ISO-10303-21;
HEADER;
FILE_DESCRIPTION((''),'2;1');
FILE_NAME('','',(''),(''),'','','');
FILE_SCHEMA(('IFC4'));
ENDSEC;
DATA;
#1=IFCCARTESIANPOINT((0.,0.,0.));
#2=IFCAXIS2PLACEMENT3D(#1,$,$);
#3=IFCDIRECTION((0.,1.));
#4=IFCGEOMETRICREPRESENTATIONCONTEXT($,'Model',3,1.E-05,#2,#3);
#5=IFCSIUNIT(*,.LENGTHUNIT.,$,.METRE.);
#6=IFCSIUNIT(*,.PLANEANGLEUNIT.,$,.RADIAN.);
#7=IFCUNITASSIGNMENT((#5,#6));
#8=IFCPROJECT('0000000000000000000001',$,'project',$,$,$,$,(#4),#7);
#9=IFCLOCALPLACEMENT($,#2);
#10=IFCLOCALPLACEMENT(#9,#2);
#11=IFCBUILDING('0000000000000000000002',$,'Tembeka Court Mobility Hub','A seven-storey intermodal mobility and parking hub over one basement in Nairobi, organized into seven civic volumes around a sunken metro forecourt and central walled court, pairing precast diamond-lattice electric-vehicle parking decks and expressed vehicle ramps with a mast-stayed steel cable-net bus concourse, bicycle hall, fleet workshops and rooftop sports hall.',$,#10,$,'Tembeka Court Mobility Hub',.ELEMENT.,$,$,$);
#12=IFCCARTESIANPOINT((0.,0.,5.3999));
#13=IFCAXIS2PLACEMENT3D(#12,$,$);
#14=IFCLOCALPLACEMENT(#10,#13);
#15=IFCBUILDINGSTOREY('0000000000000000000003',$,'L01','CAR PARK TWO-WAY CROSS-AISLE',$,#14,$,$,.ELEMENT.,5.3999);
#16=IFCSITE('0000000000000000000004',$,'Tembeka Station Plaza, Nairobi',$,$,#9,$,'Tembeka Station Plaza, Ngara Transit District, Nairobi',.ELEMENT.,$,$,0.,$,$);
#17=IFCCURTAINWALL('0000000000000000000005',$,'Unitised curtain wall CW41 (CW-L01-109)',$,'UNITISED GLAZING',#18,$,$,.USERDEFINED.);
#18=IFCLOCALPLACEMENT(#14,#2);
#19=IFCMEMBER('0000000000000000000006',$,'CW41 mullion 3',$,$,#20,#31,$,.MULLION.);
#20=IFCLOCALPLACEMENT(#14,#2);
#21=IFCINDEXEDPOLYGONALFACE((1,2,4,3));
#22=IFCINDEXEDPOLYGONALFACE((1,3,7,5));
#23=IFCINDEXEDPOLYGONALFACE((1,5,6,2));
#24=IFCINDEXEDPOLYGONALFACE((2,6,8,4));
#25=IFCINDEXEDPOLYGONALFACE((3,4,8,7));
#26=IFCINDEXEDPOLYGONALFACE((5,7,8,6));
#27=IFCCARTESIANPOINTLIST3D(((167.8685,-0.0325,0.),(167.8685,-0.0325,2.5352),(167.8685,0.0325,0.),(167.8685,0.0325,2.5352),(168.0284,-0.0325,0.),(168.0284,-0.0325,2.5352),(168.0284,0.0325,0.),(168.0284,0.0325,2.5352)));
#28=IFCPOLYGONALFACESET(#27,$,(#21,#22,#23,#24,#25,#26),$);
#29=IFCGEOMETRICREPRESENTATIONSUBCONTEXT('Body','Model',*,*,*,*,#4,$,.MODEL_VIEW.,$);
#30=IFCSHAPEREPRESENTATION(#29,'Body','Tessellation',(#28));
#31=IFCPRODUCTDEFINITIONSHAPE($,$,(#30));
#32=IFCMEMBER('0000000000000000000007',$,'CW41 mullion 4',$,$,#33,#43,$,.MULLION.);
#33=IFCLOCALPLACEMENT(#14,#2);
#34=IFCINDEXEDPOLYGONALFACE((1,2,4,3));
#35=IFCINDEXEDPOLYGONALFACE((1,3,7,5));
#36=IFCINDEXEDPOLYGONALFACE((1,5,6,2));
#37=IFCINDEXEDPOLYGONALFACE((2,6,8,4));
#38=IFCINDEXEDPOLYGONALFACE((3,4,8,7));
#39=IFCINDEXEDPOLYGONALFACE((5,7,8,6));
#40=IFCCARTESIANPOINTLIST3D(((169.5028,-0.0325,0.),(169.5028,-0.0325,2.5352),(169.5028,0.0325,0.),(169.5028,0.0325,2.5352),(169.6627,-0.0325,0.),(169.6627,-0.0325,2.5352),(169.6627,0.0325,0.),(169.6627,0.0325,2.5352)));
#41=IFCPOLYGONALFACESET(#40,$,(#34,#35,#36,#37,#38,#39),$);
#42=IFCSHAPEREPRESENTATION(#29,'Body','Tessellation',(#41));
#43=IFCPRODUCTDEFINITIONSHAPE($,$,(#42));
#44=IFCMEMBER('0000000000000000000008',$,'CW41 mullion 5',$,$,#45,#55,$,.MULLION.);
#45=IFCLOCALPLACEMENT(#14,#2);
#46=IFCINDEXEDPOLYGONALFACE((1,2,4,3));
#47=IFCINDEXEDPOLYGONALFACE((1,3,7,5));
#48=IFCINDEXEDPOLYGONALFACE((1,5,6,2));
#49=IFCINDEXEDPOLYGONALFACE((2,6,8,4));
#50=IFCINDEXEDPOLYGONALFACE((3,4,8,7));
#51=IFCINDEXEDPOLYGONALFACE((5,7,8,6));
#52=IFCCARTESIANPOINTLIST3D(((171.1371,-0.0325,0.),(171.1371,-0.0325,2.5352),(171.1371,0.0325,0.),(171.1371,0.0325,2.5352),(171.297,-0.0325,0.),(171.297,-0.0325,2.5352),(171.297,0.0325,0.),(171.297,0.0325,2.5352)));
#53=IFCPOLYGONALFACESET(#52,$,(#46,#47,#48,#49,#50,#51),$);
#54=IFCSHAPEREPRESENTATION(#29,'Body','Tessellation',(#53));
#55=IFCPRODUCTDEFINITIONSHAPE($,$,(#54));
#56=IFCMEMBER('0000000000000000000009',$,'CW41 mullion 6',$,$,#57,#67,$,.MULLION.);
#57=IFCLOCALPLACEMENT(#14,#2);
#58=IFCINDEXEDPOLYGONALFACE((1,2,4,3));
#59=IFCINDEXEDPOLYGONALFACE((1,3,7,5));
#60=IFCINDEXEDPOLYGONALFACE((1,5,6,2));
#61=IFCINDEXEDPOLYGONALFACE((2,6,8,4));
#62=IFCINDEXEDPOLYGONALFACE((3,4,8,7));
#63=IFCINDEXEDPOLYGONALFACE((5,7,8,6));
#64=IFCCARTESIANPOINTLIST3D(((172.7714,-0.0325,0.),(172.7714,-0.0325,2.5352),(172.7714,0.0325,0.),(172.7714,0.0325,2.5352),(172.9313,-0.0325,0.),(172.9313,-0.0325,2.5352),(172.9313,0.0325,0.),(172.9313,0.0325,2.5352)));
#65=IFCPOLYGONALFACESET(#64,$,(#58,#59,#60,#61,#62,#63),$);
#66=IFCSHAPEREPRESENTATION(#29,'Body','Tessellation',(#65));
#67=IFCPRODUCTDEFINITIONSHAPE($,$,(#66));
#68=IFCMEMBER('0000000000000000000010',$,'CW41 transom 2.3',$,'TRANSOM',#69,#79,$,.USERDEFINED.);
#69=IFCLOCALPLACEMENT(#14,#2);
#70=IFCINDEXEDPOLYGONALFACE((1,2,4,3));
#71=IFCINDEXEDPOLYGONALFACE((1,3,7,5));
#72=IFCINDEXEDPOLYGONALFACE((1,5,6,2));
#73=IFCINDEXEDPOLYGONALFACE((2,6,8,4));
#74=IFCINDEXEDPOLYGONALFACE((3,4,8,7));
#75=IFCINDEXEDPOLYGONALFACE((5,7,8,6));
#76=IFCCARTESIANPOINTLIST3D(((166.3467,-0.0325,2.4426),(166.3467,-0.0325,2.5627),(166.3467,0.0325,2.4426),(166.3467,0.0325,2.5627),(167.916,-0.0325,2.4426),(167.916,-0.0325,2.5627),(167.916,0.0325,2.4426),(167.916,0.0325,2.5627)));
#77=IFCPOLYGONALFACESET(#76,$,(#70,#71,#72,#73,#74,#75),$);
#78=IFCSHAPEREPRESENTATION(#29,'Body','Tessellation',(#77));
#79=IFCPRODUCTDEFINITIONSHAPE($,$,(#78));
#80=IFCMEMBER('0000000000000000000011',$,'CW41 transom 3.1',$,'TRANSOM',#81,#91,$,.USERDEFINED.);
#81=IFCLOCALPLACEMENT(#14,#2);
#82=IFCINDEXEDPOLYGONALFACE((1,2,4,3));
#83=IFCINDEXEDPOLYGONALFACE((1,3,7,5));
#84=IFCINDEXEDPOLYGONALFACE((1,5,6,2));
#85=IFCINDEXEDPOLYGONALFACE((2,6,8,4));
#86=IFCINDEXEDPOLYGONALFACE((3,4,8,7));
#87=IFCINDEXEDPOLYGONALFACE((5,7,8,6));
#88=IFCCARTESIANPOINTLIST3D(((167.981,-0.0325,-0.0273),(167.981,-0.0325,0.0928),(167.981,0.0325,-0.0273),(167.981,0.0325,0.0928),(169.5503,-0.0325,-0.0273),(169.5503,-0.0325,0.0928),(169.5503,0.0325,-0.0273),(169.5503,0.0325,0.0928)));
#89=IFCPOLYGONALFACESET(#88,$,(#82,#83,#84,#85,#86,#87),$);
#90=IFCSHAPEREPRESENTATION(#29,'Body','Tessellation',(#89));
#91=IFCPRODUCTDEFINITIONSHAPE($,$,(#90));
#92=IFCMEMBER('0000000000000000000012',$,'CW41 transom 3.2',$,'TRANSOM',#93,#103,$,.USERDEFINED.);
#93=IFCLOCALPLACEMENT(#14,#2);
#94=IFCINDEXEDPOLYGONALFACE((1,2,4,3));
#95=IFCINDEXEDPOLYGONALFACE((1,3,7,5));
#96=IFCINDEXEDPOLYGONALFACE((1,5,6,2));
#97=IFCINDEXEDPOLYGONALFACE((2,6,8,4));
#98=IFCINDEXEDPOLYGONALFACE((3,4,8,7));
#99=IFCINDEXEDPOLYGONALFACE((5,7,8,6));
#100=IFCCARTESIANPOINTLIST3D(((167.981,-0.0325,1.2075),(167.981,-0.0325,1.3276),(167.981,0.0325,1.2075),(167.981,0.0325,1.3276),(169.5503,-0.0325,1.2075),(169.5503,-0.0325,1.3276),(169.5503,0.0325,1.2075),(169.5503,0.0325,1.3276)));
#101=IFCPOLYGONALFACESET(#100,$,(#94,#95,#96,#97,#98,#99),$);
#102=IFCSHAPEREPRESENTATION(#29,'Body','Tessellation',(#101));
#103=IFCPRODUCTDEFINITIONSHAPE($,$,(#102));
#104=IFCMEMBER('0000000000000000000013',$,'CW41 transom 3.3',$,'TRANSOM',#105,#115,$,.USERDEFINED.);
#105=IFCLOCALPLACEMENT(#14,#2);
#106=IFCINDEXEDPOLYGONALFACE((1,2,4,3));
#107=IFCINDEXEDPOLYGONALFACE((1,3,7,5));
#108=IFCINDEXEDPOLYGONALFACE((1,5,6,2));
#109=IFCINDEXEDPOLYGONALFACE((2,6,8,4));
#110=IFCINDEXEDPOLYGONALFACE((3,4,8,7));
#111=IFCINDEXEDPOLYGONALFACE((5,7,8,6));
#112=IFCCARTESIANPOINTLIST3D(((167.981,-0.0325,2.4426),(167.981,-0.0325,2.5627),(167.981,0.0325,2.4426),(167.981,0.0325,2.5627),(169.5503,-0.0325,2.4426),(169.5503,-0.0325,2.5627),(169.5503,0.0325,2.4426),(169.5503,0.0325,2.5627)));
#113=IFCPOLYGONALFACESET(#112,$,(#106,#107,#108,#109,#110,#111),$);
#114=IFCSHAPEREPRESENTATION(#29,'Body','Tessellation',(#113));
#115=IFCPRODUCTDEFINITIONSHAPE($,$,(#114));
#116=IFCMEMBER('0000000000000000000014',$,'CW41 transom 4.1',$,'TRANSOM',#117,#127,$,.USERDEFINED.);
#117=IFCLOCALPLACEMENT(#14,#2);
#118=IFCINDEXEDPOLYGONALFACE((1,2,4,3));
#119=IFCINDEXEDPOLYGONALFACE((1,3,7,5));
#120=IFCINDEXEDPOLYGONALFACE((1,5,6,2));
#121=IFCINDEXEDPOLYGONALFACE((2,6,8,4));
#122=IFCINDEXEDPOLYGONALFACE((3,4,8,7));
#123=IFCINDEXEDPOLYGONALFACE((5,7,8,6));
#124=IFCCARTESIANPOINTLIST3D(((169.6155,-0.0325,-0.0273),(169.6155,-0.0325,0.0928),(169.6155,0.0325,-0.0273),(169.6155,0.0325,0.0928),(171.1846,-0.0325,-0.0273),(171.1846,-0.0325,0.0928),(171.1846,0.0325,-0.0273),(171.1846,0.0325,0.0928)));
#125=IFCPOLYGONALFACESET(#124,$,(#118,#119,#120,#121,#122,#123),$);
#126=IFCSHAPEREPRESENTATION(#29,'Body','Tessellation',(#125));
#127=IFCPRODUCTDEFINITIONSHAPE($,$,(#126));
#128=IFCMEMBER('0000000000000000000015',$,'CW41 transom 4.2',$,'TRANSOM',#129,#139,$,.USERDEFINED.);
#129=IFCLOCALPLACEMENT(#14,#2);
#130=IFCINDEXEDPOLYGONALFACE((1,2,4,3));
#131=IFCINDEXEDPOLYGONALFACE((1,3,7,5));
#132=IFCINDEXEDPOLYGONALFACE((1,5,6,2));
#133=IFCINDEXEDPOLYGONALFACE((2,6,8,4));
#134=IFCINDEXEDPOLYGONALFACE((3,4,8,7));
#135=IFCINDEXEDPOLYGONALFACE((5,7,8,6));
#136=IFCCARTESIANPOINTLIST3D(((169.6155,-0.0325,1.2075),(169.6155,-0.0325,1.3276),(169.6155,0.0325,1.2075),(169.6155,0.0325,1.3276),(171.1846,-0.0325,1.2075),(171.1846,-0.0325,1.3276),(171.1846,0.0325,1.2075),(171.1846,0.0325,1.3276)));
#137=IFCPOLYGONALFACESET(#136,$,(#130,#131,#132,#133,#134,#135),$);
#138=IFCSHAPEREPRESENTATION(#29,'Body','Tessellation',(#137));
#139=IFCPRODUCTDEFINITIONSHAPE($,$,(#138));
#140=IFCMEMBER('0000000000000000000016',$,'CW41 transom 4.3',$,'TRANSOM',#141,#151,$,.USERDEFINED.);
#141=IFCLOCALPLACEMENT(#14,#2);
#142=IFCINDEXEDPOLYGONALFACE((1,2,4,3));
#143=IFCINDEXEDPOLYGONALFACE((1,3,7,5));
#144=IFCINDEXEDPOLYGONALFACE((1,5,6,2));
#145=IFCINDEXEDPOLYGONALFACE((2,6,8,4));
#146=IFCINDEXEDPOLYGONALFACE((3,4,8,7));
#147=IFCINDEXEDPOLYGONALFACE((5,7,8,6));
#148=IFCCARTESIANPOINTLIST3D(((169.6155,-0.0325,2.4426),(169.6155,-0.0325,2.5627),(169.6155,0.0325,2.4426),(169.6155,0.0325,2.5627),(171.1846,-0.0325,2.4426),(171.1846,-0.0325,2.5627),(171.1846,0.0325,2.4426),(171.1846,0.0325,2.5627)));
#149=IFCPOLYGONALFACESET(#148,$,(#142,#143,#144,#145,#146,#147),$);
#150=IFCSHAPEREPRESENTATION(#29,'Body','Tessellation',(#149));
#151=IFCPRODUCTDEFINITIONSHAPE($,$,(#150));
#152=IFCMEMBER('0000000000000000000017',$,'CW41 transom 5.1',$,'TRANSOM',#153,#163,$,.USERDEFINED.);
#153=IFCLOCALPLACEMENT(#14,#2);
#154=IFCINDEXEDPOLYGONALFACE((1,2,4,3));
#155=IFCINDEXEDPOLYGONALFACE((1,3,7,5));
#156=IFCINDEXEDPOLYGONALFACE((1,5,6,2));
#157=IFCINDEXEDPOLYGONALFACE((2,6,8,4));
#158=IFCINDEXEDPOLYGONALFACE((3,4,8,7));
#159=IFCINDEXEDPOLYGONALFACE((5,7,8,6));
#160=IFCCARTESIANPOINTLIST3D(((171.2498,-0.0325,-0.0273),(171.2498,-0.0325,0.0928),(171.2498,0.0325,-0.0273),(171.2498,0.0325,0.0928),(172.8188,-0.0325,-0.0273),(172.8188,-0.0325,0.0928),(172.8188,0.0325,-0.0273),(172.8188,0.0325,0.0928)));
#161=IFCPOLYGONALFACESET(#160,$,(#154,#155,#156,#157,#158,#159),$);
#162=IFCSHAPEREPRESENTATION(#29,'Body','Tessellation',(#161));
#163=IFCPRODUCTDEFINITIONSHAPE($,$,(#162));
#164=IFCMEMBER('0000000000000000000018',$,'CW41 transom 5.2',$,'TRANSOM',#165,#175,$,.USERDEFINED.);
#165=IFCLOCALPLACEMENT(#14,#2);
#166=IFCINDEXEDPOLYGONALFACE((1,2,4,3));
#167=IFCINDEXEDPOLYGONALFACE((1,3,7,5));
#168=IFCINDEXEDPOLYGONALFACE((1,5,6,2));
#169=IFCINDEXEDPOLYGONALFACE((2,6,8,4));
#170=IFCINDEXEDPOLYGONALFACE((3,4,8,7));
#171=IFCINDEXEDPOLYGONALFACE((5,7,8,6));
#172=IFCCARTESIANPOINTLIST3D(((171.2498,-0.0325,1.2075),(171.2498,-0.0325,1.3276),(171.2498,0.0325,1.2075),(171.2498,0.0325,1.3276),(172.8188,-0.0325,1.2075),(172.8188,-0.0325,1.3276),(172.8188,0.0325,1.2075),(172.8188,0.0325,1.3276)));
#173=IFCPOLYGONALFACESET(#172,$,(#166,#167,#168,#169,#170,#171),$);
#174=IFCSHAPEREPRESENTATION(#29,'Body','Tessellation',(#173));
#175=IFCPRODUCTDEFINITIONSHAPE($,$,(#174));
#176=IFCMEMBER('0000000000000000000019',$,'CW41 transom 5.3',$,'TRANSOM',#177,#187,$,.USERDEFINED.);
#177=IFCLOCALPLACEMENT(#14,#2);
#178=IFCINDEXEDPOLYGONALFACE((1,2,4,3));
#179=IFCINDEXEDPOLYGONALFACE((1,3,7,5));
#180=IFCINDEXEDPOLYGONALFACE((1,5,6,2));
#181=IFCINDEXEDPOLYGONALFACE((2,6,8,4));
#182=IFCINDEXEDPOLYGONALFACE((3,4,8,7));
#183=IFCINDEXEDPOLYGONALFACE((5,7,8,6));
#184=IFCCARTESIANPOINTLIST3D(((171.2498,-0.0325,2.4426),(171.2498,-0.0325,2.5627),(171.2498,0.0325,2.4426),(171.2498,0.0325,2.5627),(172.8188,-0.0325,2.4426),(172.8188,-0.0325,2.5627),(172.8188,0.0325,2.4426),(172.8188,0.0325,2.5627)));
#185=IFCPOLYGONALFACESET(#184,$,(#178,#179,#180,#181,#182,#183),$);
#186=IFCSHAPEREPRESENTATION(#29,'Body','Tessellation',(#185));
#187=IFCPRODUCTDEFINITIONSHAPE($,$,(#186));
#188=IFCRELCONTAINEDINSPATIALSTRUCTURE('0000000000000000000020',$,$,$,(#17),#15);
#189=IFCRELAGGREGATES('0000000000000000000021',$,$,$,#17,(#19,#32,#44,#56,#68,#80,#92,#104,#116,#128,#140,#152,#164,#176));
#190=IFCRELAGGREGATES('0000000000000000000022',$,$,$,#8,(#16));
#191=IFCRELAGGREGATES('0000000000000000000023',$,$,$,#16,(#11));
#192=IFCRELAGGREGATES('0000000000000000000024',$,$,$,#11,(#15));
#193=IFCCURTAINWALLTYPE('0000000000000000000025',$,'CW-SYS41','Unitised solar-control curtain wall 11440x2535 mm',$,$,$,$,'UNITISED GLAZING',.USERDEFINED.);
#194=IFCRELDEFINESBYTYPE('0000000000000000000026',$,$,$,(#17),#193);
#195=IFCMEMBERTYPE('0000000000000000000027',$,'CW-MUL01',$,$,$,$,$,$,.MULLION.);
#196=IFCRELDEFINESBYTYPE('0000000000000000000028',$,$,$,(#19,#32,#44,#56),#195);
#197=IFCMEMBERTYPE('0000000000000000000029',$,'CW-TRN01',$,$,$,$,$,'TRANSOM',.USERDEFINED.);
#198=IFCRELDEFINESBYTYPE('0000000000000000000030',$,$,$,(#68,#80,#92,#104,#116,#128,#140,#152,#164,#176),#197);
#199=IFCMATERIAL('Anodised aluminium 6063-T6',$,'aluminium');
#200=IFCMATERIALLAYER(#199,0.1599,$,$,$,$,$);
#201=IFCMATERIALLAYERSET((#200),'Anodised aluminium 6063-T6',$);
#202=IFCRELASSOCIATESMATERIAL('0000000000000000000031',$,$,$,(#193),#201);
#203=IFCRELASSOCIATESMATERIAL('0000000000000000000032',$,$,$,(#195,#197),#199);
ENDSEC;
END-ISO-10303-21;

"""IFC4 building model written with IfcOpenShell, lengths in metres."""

from ifc_helpers import new_model, si_unit, direction, frame, origin, origin_2d, place, context, subcontext, project, spatial, rectangle, extrude, material, layer, layer_set, material_profile, profile_set, type_object, element, aggregate, save


model = new_model("IFC4")

# Units and contexts
model_context = context("Model", 3, precision=1e-05, world=origin(), true_north=direction((0.0, 1.0)))
body_context = subcontext(model_context, "Body", "Model", "MODEL_VIEW")
ifc_project = project(units=[si_unit("LENGTHUNIT", "METRE"), si_unit("PLANEANGLEUNIT", "RADIAN")], contexts=[model_context])

# Site, building, storey
site_placement = place(None, origin())
site = spatial("IfcSite", under=ifc_project, at=site_placement, Name="Tembeka Station Plaza, Nairobi", LongName="Tembeka Station Plaza, Ngara Transit District, Nairobi", CompositionType="ELEMENT", RefElevation=0.0)
building_placement = place(site_placement, origin())
building = spatial("IfcBuilding", under=site, at=building_placement, Name="Tembeka Court Mobility Hub", Description="A seven-storey intermodal mobility and parking hub over one basement in Nairobi, organized into seven civic volumes around a sunken metro forecourt and central walled court, pairing precast diamond-lattice electric-vehicle parking decks and expressed vehicle ramps with a mast-stayed steel cable-net bus concourse, bicycle hall, fleet workshops and rooftop sports hall.", LongName="Tembeka Court Mobility Hub", CompositionType="ELEMENT")
storey_placement = place(building_placement, frame((0.0, 0.0, 5.3999)))
storey = spatial("IfcBuildingStorey", under=building, at=storey_placement, Name="L01", Description="CAR PARK TWO-WAY CROSS-AISLE", CompositionType="ELEMENT", Elevation=5.3999)

# Curtain wall, members
ifc_material_1 = material(Name="Anodised aluminium 6063-T6", Category="aluminium")
ifc_layer_1 = layer(ifc_material_1, 0.1599)
ifc_layer_set_1 = layer_set([ifc_layer_1], Name="Anodised aluminium 6063-T6")
curtain_wall_type = type_object("IfcCurtainWallType", Name="CW-SYS41", Description="Unitised solar-control curtain wall 11440x2535 mm", ElementType="UNITISED GLAZING", PredefinedType="USERDEFINED", material=ifc_layer_set_1)
curtain_wall_placement = place(storey_placement, origin())
curtain_wall = element("IfcCurtainWall", 1, at=curtain_wall_placement, inside=storey, type_object=curtain_wall_type, Name="Unitised curtain wall CW41 (CW-L01-109)", ObjectType="UNITISED GLAZING", PredefinedType="USERDEFINED")
ifc_material_profile_1 = material_profile(ifc_material_1, rectangle(XDim=0.0649, YDim=0.1599, at=origin_2d()), Name="ALU-MUL 65x160")
ifc_profile_set_1 = profile_set([ifc_material_profile_1], Name="Anodised aluminium 6063-T6")
member_type_1 = type_object("IfcMemberType", Name="CW-MUL01", PredefinedType="MULLION", material=ifc_profile_set_1)
member_1_placement = place(storey_placement, frame((167.9485, 0.0, 0.0), z_axis=(0.0, 0.0, 1.0), x_axis=(0.0, 1.0, 0.0)))
member_1 = element("IfcMember", 2, at=member_1_placement, type_object=member_type_1, Name="CW41 mullion 3", PredefinedType="MULLION", context=body_context, shape_type="SweptSolid", body=[
    extrude(rectangle(XDim=0.0649, YDim=0.1599, at=origin_2d()), origin(), (0.0, 0.0, 1.0), 2.5352),
])
member_2_placement = place(storey_placement, frame((169.5828, 0.0, 0.0), z_axis=(0.0, 0.0, 1.0), x_axis=(0.0, 1.0, 0.0)))
member_2 = element("IfcMember", 3, at=member_2_placement, type_object=member_type_1, Name="CW41 mullion 4", PredefinedType="MULLION", context=body_context, shape_type="SweptSolid", body=[
    extrude(rectangle(XDim=0.0649, YDim=0.1599, at=origin_2d()), origin(), (0.0, 0.0, 1.0), 2.5352),
])
member_3_placement = place(storey_placement, frame((171.217, 0.0, 0.0), z_axis=(0.0, 0.0, 1.0), x_axis=(0.0, 1.0, 0.0)))
member_3 = element("IfcMember", 4, at=member_3_placement, type_object=member_type_1, Name="CW41 mullion 5", PredefinedType="MULLION", context=body_context, shape_type="SweptSolid", body=[
    extrude(rectangle(XDim=0.0649, YDim=0.1599, at=origin_2d()), origin(), (0.0, 0.0, 1.0), 2.5352),
])
member_4_placement = place(storey_placement, frame((172.8513, 0.0, 0.0), z_axis=(0.0, 0.0, 1.0), x_axis=(0.0, 1.0, 0.0)))
member_4 = element("IfcMember", 5, at=member_4_placement, type_object=member_type_1, Name="CW41 mullion 6", PredefinedType="MULLION", context=body_context, shape_type="SweptSolid", body=[
    extrude(rectangle(XDim=0.0649, YDim=0.1599, at=origin_2d()), origin(), (0.0, 0.0, 1.0), 2.5352),
])
ifc_material_profile_2 = material_profile(ifc_material_1, rectangle(XDim=0.0649, YDim=0.1201, at=origin_2d()), Name="ALU-TRN 65x120")
ifc_profile_set_2 = profile_set([ifc_material_profile_2], Name="Anodised aluminium 6063-T6")
member_type_2 = type_object("IfcMemberType", Name="CW-TRN01", ElementType="TRANSOM", PredefinedType="USERDEFINED", material=ifc_profile_set_2)
member_5_placement = place(storey_placement, frame((166.3467, 0.0, 2.5027), z_axis=(1.0, 0.0, 0.0), x_axis=(0.0, 1.0, 0.0)))
member_5 = element("IfcMember", 6, at=member_5_placement, type_object=member_type_2, Name="CW41 transom 2.3", ObjectType="TRANSOM", PredefinedType="USERDEFINED", context=body_context, shape_type="SweptSolid", body=[
    extrude(rectangle(XDim=0.0649, YDim=0.1201, at=origin_2d()), origin(), (0.0, 0.0, 1.0), 1.5693),
])
member_6_placement = place(storey_placement, frame((167.981, 0.0, 0.0327), z_axis=(1.0, 0.0, 0.0), x_axis=(0.0, 1.0, 0.0)))
member_6 = element("IfcMember", 7, at=member_6_placement, type_object=member_type_2, Name="CW41 transom 3.1", ObjectType="TRANSOM", PredefinedType="USERDEFINED", context=body_context, shape_type="SweptSolid", body=[
    extrude(rectangle(XDim=0.0649, YDim=0.1201, at=origin_2d()), origin(), (0.0, 0.0, 1.0), 1.5693),
])
member_7_placement = place(storey_placement, frame((167.981, 0.0, 1.2676), z_axis=(1.0, 0.0, 0.0), x_axis=(0.0, 1.0, 0.0)))
member_7 = element("IfcMember", 8, at=member_7_placement, type_object=member_type_2, Name="CW41 transom 3.2", ObjectType="TRANSOM", PredefinedType="USERDEFINED", context=body_context, shape_type="SweptSolid", body=[
    extrude(rectangle(XDim=0.0649, YDim=0.1201, at=origin_2d()), origin(), (0.0, 0.0, 1.0), 1.5693),
])
member_8_placement = place(storey_placement, frame((167.981, 0.0, 2.5027), z_axis=(1.0, 0.0, 0.0), x_axis=(0.0, 1.0, 0.0)))
member_8 = element("IfcMember", 9, at=member_8_placement, type_object=member_type_2, Name="CW41 transom 3.3", ObjectType="TRANSOM", PredefinedType="USERDEFINED", context=body_context, shape_type="SweptSolid", body=[
    extrude(rectangle(XDim=0.0649, YDim=0.1201, at=origin_2d()), origin(), (0.0, 0.0, 1.0), 1.5693),
])
member_9_placement = place(storey_placement, frame((169.6155, 0.0, 0.0327), z_axis=(1.0, 0.0, 0.0), x_axis=(0.0, 1.0, 0.0)))
member_9 = element("IfcMember", 10, at=member_9_placement, type_object=member_type_2, Name="CW41 transom 4.1", ObjectType="TRANSOM", PredefinedType="USERDEFINED", context=body_context, shape_type="SweptSolid", body=[
    extrude(rectangle(XDim=0.0649, YDim=0.1201, at=origin_2d()), origin(), (0.0, 0.0, 1.0), 1.5691),
])
member_10_placement = place(storey_placement, frame((169.6155, 0.0, 1.2676), z_axis=(1.0, 0.0, 0.0), x_axis=(0.0, 1.0, 0.0)))
member_10 = element("IfcMember", 11, at=member_10_placement, type_object=member_type_2, Name="CW41 transom 4.2", ObjectType="TRANSOM", PredefinedType="USERDEFINED", context=body_context, shape_type="SweptSolid", body=[
    extrude(rectangle(XDim=0.0649, YDim=0.1201, at=origin_2d()), origin(), (0.0, 0.0, 1.0), 1.5691),
])
member_11_placement = place(storey_placement, frame((169.6155, 0.0, 2.5027), z_axis=(1.0, 0.0, 0.0), x_axis=(0.0, 1.0, 0.0)))
member_11 = element("IfcMember", 12, at=member_11_placement, type_object=member_type_2, Name="CW41 transom 4.3", ObjectType="TRANSOM", PredefinedType="USERDEFINED", context=body_context, shape_type="SweptSolid", body=[
    extrude(rectangle(XDim=0.0649, YDim=0.1201, at=origin_2d()), origin(), (0.0, 0.0, 1.0), 1.5691),
])
member_12_placement = place(storey_placement, frame((171.2498, 0.0, 0.0327), z_axis=(1.0, 0.0, 0.0), x_axis=(0.0, 1.0, 0.0)))
member_12 = element("IfcMember", 13, at=member_12_placement, type_object=member_type_2, Name="CW41 transom 5.1", ObjectType="TRANSOM", PredefinedType="USERDEFINED", context=body_context, shape_type="SweptSolid", body=[
    extrude(rectangle(XDim=0.0649, YDim=0.1201, at=origin_2d()), origin(), (0.0, 0.0, 1.0), 1.5691),
])
member_13_placement = place(storey_placement, frame((171.2498, 0.0, 1.2676), z_axis=(1.0, 0.0, 0.0), x_axis=(0.0, 1.0, 0.0)))
member_13 = element("IfcMember", 14, at=member_13_placement, type_object=member_type_2, Name="CW41 transom 5.2", ObjectType="TRANSOM", PredefinedType="USERDEFINED", context=body_context, shape_type="SweptSolid", body=[
    extrude(rectangle(XDim=0.0649, YDim=0.1201, at=origin_2d()), origin(), (0.0, 0.0, 1.0), 1.5691),
])
member_14_placement = place(storey_placement, frame((171.2498, 0.0, 2.5027), z_axis=(1.0, 0.0, 0.0), x_axis=(0.0, 1.0, 0.0)))
member_14 = element("IfcMember", 15, at=member_14_placement, type_object=member_type_2, Name="CW41 transom 5.3", ObjectType="TRANSOM", PredefinedType="USERDEFINED", context=body_context, shape_type="SweptSolid", body=[
    extrude(rectangle(XDim=0.0649, YDim=0.1201, at=origin_2d()), origin(), (0.0, 0.0, 1.0), 1.5691),
])
aggregate(curtain_wall, [member_1, member_2, member_3, member_4, member_5, member_6, member_7, member_8, member_9, member_10, member_11, member_12, member_13, member_14])

save(model, "model.ifc")
